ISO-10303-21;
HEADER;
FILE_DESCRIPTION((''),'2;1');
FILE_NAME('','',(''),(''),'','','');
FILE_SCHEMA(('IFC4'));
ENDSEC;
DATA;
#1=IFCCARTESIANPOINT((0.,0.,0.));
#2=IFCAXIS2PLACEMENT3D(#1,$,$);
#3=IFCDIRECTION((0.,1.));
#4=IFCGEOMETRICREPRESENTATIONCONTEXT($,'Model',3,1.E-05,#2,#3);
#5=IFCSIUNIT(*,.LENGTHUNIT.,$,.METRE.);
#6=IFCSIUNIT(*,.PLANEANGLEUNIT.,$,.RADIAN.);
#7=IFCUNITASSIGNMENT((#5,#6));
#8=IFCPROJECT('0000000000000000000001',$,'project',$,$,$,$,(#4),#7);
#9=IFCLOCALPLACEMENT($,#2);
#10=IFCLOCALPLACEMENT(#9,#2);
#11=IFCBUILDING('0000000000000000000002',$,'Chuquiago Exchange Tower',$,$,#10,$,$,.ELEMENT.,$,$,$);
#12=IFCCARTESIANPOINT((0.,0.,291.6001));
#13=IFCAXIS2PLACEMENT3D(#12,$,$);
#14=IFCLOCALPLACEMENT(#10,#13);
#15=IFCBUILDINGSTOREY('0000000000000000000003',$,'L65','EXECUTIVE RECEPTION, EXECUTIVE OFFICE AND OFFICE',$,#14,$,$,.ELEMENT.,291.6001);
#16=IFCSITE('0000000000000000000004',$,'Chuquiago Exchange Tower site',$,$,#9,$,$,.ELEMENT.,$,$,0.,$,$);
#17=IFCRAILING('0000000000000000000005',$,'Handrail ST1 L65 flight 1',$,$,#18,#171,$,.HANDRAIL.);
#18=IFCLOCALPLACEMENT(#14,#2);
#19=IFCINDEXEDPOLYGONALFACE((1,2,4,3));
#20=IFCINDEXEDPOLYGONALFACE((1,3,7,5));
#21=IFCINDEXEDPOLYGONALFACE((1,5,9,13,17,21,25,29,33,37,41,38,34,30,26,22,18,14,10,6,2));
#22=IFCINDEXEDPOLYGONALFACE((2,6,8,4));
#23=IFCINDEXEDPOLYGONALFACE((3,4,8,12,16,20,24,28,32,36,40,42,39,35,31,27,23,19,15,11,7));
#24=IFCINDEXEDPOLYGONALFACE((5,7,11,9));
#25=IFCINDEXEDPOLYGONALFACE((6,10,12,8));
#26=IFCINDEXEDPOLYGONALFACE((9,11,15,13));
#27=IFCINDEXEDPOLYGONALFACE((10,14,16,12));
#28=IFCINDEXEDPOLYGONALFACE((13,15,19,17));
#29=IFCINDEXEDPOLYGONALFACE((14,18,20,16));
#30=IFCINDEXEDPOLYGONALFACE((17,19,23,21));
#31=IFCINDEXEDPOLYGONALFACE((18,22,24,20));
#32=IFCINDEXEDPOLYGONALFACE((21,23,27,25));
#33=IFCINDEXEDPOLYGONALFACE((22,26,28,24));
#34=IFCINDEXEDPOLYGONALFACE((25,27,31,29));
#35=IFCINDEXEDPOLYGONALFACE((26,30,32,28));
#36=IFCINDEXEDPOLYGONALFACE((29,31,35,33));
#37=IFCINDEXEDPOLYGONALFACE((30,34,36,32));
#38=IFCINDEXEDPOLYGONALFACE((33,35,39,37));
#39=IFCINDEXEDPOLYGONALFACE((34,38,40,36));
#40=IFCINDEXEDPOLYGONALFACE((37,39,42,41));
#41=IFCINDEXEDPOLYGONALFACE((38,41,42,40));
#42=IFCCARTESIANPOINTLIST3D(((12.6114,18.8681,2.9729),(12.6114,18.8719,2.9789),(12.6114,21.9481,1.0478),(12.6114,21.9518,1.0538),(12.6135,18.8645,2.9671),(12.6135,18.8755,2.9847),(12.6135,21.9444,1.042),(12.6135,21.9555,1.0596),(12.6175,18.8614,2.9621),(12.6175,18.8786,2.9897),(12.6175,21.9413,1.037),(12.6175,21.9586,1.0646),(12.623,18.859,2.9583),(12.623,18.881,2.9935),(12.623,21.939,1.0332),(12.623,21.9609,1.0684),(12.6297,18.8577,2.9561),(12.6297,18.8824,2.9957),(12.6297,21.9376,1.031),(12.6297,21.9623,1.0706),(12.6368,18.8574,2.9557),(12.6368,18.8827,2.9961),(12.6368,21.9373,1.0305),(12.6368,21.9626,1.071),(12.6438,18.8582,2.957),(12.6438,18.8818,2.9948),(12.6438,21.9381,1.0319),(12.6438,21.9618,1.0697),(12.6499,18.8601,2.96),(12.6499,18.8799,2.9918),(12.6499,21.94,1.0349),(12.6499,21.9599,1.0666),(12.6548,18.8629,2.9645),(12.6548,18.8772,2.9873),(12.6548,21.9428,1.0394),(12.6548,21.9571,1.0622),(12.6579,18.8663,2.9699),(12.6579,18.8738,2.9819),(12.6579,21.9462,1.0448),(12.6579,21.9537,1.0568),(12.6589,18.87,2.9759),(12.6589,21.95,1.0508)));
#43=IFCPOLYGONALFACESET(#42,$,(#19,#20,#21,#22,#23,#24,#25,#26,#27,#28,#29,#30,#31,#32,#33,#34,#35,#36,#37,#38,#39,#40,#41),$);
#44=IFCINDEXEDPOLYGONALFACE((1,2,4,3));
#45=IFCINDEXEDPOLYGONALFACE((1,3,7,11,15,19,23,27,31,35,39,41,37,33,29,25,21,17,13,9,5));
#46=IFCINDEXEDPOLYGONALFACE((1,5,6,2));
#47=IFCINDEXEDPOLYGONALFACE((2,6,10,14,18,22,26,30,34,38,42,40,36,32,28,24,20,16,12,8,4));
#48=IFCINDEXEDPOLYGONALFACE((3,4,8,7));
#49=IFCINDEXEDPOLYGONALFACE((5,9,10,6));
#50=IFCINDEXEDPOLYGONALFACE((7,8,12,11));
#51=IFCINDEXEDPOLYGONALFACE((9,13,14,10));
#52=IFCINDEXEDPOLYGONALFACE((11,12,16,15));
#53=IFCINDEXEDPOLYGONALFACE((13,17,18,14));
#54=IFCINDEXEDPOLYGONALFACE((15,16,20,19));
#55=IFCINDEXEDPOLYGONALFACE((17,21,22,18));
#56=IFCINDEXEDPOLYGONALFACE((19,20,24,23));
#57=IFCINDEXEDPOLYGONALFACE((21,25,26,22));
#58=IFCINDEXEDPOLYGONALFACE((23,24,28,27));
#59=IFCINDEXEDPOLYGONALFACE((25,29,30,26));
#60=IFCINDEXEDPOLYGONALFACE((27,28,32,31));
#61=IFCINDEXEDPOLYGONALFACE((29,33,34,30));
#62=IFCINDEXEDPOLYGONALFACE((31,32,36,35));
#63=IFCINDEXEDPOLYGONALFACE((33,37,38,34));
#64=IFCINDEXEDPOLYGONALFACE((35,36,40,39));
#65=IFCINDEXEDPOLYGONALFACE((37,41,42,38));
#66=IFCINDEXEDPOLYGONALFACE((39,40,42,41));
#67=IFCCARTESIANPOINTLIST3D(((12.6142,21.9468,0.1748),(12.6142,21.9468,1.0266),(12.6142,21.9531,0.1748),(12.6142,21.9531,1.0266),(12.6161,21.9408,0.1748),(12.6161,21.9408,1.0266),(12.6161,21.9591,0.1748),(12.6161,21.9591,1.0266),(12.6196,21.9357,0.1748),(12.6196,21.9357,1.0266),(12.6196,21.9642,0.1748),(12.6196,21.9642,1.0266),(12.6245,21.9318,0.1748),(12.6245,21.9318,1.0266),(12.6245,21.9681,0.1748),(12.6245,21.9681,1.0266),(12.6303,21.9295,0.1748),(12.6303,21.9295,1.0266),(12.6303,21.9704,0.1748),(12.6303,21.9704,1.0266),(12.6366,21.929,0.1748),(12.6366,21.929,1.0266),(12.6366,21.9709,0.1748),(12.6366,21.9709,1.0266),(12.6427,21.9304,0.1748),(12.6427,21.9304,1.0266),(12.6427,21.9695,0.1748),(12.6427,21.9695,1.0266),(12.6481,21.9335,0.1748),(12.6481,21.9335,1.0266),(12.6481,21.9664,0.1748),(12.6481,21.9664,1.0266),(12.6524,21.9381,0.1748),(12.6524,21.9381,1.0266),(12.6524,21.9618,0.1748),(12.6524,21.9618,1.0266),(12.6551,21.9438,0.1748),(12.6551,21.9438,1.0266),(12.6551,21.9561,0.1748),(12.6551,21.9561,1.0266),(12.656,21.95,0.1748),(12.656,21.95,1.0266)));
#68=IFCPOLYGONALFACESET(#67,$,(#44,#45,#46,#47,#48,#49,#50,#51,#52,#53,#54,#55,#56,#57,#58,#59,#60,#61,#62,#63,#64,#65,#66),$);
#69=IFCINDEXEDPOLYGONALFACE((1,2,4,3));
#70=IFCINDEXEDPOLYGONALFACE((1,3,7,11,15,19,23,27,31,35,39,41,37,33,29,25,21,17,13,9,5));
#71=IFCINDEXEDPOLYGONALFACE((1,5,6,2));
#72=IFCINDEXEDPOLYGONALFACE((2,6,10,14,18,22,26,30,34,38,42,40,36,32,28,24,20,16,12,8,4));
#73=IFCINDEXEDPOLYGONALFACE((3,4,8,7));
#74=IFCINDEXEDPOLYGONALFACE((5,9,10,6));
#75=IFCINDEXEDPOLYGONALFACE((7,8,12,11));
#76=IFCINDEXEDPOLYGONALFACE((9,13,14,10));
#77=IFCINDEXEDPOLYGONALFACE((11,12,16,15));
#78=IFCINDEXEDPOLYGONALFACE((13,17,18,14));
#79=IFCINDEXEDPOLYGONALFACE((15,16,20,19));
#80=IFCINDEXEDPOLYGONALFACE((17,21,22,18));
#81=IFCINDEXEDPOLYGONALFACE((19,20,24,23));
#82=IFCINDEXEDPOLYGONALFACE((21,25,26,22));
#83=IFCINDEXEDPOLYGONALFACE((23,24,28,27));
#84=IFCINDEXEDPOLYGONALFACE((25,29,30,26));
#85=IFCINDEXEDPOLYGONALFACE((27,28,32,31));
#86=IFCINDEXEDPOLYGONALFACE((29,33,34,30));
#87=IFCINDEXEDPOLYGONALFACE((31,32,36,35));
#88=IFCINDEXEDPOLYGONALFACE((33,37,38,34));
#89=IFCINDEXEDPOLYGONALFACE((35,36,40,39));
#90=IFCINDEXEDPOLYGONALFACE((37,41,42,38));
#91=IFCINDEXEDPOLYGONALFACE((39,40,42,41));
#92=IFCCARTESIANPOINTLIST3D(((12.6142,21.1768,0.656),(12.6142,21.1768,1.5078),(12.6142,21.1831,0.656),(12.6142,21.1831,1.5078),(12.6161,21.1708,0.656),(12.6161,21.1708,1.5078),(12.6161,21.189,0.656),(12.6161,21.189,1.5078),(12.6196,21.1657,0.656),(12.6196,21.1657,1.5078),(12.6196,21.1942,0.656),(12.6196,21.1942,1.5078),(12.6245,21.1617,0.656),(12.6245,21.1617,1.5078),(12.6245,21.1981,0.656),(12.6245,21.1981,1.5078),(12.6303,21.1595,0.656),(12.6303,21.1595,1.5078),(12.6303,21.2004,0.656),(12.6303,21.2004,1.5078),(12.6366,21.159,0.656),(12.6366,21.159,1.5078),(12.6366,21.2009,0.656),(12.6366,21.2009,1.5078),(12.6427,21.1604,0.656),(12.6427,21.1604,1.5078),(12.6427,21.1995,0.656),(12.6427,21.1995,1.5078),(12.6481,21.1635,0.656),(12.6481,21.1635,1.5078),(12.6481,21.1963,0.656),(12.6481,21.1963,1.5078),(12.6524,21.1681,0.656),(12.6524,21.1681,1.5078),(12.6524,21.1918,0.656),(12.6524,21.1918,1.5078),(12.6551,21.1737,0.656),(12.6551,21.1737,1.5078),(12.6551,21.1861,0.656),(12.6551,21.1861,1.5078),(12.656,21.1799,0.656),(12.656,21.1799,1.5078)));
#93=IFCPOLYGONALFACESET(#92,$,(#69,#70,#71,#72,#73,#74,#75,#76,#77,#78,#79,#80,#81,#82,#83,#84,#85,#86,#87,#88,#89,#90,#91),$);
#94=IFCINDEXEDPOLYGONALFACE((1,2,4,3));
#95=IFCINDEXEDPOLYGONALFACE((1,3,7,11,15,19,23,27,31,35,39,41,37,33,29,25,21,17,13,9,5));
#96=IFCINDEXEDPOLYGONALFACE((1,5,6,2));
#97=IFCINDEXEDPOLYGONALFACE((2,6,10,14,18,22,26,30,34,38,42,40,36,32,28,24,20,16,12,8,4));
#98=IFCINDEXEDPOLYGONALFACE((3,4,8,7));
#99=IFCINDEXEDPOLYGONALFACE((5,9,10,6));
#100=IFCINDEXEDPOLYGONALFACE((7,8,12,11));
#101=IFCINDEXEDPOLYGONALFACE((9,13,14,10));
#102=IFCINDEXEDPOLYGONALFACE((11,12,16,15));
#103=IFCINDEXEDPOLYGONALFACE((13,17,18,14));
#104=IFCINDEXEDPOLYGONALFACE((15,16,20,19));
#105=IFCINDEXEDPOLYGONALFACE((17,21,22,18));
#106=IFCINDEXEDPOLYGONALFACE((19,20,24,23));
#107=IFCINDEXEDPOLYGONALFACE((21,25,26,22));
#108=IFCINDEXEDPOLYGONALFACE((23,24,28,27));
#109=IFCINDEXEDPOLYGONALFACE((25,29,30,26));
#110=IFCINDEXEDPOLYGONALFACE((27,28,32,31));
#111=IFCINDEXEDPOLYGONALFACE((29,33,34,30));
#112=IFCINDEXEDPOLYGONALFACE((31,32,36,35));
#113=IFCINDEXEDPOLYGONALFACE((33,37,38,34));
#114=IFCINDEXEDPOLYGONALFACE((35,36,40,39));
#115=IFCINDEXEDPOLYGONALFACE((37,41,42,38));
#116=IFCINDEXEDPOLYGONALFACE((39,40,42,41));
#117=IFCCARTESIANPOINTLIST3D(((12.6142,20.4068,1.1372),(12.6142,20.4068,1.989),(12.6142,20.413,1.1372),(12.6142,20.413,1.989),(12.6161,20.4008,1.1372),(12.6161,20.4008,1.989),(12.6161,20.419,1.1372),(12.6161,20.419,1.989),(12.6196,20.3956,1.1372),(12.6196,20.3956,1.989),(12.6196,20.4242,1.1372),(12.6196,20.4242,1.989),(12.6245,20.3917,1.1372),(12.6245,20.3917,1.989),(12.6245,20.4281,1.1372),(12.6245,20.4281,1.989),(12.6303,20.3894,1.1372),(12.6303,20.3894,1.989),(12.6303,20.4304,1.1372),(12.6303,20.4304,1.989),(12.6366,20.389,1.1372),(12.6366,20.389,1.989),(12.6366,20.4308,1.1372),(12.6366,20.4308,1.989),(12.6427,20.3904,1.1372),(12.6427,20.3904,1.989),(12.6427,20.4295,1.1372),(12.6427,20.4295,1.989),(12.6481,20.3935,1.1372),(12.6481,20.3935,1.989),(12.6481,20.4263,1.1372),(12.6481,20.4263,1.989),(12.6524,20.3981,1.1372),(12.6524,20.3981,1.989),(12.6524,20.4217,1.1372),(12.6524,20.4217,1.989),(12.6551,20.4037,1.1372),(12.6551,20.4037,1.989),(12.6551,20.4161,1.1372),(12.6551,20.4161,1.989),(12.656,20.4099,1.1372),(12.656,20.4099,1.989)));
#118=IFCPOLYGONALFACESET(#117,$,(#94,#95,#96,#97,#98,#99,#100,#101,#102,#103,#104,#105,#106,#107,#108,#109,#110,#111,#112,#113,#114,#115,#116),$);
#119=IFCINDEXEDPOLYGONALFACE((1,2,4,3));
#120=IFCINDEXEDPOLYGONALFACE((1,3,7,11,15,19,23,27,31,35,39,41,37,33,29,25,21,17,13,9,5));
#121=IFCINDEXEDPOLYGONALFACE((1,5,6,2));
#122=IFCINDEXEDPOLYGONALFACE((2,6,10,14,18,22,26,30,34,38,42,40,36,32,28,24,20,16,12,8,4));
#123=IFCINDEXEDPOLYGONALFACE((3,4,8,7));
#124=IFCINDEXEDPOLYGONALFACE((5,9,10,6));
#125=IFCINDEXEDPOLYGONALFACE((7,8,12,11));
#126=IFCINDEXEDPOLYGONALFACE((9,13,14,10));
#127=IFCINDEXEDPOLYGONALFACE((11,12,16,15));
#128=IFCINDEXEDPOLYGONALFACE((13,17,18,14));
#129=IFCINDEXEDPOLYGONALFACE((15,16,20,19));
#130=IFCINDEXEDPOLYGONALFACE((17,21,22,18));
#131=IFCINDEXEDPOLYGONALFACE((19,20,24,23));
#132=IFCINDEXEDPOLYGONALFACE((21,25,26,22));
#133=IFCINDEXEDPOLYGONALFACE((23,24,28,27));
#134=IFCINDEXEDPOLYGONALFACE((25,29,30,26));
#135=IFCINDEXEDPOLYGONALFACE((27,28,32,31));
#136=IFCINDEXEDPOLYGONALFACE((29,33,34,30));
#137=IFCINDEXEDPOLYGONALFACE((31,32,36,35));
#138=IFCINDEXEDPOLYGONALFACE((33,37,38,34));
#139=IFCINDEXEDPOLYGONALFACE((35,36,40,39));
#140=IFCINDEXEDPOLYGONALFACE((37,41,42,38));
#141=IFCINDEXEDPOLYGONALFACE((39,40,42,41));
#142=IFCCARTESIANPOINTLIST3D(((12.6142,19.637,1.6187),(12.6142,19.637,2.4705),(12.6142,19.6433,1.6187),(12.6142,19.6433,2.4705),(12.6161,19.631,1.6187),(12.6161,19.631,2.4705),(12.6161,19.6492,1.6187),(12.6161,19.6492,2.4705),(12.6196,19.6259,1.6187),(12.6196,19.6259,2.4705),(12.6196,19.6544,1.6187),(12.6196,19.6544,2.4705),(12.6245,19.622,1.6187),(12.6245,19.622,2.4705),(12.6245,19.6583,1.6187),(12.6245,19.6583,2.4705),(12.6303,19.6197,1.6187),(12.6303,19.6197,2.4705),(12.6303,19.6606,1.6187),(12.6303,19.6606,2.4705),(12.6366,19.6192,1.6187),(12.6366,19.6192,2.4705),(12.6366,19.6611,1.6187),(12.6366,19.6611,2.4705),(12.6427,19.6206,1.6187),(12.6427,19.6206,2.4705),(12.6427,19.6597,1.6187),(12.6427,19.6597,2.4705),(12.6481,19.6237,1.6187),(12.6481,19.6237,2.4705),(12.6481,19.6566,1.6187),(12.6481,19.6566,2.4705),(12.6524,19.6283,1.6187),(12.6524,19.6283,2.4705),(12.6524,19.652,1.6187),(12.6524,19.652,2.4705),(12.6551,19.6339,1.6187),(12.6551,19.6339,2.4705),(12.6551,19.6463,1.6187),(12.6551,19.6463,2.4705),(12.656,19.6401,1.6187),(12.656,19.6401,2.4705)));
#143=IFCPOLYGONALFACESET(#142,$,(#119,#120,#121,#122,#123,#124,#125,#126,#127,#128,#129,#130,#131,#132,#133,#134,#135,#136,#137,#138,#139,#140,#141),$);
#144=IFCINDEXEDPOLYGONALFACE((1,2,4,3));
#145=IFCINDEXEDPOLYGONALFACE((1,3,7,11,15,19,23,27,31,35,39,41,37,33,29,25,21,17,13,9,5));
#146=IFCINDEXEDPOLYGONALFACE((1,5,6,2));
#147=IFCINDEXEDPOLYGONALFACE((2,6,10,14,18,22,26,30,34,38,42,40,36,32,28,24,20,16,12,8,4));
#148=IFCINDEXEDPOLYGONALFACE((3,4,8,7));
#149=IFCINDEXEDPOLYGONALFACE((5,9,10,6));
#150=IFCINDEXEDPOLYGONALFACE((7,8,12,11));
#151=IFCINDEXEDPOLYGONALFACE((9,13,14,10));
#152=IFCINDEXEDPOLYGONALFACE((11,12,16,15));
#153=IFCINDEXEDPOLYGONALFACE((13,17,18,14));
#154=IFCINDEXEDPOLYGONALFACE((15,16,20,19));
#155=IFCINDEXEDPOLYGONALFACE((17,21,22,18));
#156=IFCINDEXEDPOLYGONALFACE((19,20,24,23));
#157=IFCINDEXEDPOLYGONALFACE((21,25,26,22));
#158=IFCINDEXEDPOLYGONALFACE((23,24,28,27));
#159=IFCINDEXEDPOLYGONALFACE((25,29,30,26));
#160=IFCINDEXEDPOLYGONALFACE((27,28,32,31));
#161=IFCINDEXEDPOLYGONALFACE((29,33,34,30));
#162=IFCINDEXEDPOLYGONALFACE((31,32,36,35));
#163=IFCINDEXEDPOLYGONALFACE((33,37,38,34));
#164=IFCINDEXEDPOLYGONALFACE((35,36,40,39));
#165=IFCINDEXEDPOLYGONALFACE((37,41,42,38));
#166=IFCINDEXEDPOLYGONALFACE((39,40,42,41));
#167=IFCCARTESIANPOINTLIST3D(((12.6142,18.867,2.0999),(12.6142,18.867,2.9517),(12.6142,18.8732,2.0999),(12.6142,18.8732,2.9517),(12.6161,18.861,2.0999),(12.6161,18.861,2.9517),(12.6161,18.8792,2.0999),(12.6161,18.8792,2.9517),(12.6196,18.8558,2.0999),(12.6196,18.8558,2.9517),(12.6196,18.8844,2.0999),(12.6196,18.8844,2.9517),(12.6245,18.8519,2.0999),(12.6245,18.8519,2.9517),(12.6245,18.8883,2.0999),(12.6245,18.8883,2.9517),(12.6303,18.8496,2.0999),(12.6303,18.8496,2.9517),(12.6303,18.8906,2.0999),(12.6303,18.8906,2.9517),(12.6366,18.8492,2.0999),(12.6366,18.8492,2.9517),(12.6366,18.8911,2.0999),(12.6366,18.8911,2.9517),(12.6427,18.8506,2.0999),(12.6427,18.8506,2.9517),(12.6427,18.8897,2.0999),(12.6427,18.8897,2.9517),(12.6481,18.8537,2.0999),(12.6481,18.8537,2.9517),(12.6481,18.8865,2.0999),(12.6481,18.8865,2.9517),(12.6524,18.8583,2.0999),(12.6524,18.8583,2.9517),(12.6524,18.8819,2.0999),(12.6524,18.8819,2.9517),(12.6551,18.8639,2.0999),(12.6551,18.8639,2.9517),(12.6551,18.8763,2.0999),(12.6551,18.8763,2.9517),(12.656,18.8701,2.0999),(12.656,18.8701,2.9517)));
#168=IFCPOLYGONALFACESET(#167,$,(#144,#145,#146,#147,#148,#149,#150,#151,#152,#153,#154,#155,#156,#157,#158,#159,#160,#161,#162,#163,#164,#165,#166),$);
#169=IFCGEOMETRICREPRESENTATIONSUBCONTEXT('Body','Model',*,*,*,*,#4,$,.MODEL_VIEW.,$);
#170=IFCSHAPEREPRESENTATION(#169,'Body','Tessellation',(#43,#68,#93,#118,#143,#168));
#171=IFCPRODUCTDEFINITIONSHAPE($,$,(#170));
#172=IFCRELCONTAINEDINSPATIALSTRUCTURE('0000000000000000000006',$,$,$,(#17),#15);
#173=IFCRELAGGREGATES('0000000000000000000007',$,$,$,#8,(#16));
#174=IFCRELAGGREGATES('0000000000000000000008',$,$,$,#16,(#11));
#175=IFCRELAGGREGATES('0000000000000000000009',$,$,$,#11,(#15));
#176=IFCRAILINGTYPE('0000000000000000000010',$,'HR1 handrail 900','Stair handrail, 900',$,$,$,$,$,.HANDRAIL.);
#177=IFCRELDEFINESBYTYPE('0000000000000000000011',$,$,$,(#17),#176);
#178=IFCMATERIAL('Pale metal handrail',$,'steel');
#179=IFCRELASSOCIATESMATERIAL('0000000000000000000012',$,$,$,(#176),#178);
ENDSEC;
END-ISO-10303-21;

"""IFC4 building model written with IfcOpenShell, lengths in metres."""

from ifc_helpers import new_model, si_unit, direction, frame, origin, origin_2d, place, context, subcontext, project, spatial, circle, extrude, material, type_object, element, save


model = new_model("IFC4")

# Units and contexts
model_context = context("Model", 3, precision=1e-05, world=origin(), true_north=direction((0.0, 1.0)))
body_context = subcontext(model_context, "Body", "Model", "MODEL_VIEW")
ifc_project = project(units=[si_unit("LENGTHUNIT", "METRE"), si_unit("PLANEANGLEUNIT", "RADIAN")], contexts=[model_context])

# Site, building, storey
site_placement = place(None, origin())
site = spatial("IfcSite", under=ifc_project, at=site_placement, Name="Chuquiago Exchange Tower site", CompositionType="ELEMENT", RefElevation=0.0)
building_placement = place(site_placement, origin())
building = spatial("IfcBuilding", under=site, at=building_placement, Name="Chuquiago Exchange Tower", CompositionType="ELEMENT")
storey_placement = place(building_placement, frame((0.0, 0.0, 291.6001)))
storey = spatial("IfcBuildingStorey", under=building, at=storey_placement, Name="L65", Description="EXECUTIVE RECEPTION, EXECUTIVE OFFICE AND OFFICE", CompositionType="ELEMENT", Elevation=291.6001)

# Railing
ifc_material_1 = material(Name="Pale metal handrail", Category="steel")
railing_type_1 = type_object("IfcRailingType", Name="HR1 handrail 900", Description="Stair handrail, 900", PredefinedType="HANDRAIL", material=ifc_material_1)
for number, where, name in (
    (1, (12.635, 21.95, 0.1748), "Handrail ST1 L65 flight 1"),
):
    element("IfcRailing", number, at=place(storey_placement, frame(where)), inside=storey, type_object=railing_type_1, Name=name, PredefinedType="HANDRAIL", context=body_context, shape_type="SweptSolid", body=[
        extrude(circle(Radius=0.0239, at=origin_2d()), frame((0.0, 0.0, 0.876), z_axis=(0.0, -0.847979, 0.530029), x_axis=(1.0, 0.0, 0.0)), (0.0, 0.0, 1.0), 3.6321),
        extrude(circle(Radius=0.021, at=origin_2d()), origin(), (0.0, 0.0, 1.0), 0.8518),
        extrude(circle(Radius=0.021, at=origin_2d()), frame((0.0, -0.77, 0.4812)), (0.0, 0.0, 1.0), 0.8518),
        extrude(circle(Radius=0.021, at=origin_2d()), frame((0.0, -1.54, 0.9624)), (0.0, 0.0, 1.0), 0.8518),
        extrude(circle(Radius=0.021, at=origin_2d()), frame((0.0, -2.3098, 1.4438)), (0.0, 0.0, 1.0), 0.8518),
        extrude(circle(Radius=0.021, at=origin_2d()), frame((0.0, -3.0798, 1.925)), (0.0, 0.0, 1.0), 0.8518),
    ])

save(model, "model.ifc")
